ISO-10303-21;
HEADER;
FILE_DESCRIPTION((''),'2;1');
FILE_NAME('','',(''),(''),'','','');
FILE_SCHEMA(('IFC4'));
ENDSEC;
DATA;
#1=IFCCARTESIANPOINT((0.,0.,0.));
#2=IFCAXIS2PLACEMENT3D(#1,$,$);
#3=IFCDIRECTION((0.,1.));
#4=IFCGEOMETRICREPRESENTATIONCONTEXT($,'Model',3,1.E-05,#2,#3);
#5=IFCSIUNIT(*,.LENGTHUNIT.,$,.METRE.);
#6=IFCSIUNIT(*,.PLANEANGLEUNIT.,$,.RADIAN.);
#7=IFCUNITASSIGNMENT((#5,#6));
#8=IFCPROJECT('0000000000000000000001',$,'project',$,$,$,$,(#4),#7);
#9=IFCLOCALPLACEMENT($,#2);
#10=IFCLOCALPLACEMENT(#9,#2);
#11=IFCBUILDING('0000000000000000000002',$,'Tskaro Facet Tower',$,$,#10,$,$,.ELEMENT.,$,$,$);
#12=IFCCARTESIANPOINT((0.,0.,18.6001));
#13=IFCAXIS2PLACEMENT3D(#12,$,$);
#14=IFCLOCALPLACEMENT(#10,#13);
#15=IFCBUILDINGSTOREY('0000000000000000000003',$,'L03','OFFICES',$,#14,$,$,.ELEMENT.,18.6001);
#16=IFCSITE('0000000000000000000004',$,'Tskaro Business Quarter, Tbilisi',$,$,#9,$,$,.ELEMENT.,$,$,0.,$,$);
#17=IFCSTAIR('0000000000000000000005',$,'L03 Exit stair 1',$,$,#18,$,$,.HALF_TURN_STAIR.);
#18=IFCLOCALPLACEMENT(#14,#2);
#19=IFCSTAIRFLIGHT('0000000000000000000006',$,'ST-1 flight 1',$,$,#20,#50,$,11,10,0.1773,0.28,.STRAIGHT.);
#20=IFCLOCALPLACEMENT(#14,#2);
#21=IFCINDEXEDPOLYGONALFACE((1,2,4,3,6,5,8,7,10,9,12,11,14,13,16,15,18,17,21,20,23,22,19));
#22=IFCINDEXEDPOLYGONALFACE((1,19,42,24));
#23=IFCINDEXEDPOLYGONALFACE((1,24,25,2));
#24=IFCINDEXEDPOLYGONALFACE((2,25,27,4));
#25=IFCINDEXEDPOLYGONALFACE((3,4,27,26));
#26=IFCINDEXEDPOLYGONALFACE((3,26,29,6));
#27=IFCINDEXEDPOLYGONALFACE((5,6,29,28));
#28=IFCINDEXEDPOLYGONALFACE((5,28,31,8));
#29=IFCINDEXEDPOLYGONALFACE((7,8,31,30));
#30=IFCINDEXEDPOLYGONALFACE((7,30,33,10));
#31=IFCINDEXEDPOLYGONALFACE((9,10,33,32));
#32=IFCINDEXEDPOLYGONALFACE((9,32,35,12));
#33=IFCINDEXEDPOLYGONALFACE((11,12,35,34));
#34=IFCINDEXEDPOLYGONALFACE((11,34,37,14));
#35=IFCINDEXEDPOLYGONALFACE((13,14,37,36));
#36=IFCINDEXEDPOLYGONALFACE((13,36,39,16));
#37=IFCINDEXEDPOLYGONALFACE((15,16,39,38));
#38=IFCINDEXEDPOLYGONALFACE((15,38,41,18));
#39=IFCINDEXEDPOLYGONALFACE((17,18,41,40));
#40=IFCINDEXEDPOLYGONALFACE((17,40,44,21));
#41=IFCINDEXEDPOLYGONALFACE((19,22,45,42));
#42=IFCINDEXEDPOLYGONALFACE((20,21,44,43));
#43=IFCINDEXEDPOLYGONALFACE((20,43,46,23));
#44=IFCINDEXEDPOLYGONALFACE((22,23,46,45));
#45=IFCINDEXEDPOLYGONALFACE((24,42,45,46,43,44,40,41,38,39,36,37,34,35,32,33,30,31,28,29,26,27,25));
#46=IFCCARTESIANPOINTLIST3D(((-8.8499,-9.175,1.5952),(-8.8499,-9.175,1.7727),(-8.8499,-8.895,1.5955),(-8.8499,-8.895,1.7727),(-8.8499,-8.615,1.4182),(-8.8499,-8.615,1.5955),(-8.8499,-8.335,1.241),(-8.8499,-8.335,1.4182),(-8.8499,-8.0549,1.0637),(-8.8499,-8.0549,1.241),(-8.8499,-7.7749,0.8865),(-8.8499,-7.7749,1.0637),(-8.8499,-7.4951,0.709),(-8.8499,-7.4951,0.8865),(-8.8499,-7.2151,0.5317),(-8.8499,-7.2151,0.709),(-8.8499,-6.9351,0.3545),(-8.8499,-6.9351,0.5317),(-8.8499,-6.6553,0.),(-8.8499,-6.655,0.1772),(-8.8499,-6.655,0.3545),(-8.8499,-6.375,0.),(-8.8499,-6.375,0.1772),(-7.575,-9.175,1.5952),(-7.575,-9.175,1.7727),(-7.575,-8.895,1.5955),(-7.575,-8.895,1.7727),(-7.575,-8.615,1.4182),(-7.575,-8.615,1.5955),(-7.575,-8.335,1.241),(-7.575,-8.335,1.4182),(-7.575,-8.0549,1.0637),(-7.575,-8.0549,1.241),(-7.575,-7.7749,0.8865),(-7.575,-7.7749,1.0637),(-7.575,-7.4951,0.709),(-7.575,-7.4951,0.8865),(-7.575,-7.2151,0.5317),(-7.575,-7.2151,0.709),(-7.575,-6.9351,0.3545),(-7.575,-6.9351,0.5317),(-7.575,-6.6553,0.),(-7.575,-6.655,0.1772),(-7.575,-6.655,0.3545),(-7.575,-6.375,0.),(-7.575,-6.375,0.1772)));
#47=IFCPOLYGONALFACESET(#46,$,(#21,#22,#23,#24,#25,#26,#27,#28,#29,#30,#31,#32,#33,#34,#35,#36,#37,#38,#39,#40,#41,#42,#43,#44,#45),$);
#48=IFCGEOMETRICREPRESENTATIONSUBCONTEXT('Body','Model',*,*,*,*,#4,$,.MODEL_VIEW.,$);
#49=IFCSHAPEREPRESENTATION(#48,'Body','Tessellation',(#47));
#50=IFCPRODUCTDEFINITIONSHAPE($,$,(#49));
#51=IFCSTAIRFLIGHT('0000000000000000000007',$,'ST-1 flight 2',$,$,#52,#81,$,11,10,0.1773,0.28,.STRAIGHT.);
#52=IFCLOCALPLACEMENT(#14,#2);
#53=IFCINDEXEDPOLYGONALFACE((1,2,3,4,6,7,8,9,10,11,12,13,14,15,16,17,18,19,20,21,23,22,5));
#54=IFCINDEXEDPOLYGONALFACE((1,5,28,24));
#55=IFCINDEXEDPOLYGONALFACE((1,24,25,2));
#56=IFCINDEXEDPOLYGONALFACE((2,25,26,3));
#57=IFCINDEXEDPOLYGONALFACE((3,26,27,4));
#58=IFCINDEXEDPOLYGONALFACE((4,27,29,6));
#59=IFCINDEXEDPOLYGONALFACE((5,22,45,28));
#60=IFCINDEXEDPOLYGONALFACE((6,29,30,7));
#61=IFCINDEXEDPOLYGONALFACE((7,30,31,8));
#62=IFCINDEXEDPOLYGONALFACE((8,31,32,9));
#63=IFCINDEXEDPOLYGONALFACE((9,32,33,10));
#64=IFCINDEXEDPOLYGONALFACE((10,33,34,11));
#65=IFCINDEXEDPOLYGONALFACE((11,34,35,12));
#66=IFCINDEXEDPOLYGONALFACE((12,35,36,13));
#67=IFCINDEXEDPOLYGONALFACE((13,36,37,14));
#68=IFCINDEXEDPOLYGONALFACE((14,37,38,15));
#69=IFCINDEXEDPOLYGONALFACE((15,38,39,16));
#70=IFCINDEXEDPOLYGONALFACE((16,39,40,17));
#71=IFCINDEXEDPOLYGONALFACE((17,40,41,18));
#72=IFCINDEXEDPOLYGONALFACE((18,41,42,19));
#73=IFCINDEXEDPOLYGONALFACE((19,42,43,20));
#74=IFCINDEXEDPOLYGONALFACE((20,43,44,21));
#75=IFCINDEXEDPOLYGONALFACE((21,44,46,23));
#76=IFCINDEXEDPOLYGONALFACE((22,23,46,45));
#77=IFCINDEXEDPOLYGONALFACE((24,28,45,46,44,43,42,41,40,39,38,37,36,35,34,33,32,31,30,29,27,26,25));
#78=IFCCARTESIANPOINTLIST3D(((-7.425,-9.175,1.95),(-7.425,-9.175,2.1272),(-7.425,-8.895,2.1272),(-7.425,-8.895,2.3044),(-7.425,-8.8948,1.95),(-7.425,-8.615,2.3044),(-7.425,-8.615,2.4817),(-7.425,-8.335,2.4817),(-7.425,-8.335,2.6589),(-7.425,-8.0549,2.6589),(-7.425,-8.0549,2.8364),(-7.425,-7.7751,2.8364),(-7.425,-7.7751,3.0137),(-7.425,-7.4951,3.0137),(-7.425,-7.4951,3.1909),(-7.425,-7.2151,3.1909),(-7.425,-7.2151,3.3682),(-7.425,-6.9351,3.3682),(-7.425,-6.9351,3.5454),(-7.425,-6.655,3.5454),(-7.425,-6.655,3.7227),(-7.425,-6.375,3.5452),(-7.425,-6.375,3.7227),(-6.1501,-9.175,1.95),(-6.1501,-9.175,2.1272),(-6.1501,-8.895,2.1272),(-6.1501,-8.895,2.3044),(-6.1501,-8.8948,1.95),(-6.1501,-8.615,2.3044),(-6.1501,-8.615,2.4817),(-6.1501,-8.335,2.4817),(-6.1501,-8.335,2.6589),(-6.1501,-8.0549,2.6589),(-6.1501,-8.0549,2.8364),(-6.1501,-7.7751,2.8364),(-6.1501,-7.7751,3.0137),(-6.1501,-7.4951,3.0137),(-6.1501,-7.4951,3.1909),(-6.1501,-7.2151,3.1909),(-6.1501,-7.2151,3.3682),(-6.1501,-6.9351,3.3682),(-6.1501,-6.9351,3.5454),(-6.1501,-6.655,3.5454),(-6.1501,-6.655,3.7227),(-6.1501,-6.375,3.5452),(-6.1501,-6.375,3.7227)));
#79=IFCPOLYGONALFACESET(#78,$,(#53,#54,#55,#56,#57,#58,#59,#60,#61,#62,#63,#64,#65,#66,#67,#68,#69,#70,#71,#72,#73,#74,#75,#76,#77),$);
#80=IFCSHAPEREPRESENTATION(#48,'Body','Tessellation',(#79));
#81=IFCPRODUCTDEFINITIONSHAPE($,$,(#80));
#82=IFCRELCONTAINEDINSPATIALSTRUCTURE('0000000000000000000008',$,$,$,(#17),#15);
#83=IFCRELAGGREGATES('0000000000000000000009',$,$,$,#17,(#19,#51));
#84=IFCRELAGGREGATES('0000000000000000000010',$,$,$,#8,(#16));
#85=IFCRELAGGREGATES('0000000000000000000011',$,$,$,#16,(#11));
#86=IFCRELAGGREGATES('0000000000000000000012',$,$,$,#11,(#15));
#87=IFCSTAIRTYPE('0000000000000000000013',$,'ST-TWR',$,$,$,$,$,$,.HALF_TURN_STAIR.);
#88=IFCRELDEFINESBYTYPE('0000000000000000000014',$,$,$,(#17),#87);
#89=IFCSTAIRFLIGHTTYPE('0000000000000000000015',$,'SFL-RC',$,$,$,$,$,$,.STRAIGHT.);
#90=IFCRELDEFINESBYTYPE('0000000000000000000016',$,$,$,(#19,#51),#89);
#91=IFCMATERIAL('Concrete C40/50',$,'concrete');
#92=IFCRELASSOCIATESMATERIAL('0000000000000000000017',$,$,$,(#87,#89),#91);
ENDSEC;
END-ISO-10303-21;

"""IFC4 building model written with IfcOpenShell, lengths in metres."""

from ifc_helpers import new_model, si_unit, direction, frame, origin, place, context, subcontext, project, spatial, polyline, outline, extrude, material, type_object, element, aggregate, save


model = new_model("IFC4")

# Units and contexts
model_context = context("Model", 3, precision=1e-05, world=origin(), true_north=direction((0.0, 1.0)))
body_context = subcontext(model_context, "Body", "Model", "MODEL_VIEW")
ifc_project = project(units=[si_unit("LENGTHUNIT", "METRE"), si_unit("PLANEANGLEUNIT", "RADIAN")], contexts=[model_context])

# Site, building, storey
site_placement = place(None, origin())
site = spatial("IfcSite", under=ifc_project, at=site_placement, Name="Tskaro Business Quarter, Tbilisi", CompositionType="ELEMENT", RefElevation=0.0)
building_placement = place(site_placement, origin())
building = spatial("IfcBuilding", under=site, at=building_placement, Name="Tskaro Facet Tower", CompositionType="ELEMENT")
storey_placement = place(building_placement, frame((0.0, 0.0, 18.6001)))
storey = spatial("IfcBuildingStorey", under=building, at=storey_placement, Name="L03", Description="OFFICES", CompositionType="ELEMENT", Elevation=18.6001)

# Stair, stair flights
ifc_material_1 = material(Name="Concrete C40/50", Category="concrete")
stair_type = type_object("IfcStairType", Name="ST-TWR", PredefinedType="HALF_TURN_STAIR", material=ifc_material_1)
stair_placement = place(storey_placement, origin())
stair = element("IfcStair", 1, at=stair_placement, inside=storey, type_object=stair_type, Name="L03 Exit stair 1", PredefinedType="HALF_TURN_STAIR")
stair_flight_type = type_object("IfcStairFlightType", Name="SFL-RC", PredefinedType="STRAIGHT", material=ifc_material_1)
stair_flight_1_placement = place(storey_placement, frame((-8.2124, -6.375, 0.0), z_axis=(0.0, 0.0, 1.0), x_axis=(0.0, -1.0, 0.0)))
stair_flight_1 = element("IfcStairFlight", 2, at=stair_flight_1_placement, type_object=stair_flight_type, Name="ST-1 flight 1", NumberOfRisers=11, NumberOfTreads=10, PredefinedType="STRAIGHT", RiserHeight=0.1773, TreadLength=0.28, context=body_context, shape_type="SweptSolid", body=[
    extrude(outline(polyline([(0.0, 0.0), (0.0, 0.1772), (0.28, 0.1772), (0.28, 0.3545), (0.5601, 0.3545), (0.5601, 0.5317), (0.8401, 0.5317), (0.8401, 0.709), (1.1201, 0.709), (1.1201, 0.8865), (1.3999, 0.8865), (1.3999, 1.0637), (1.6799, 1.0637), (1.6799, 1.241), (1.96, 1.241), (1.96, 1.4182), (2.24, 1.4182), (2.24, 1.5955), (2.52, 1.5955), (2.52, 1.7727), (2.8, 1.7727), (2.8, 1.95), (2.8, 1.5952), (0.2803, 0.0), (0.0, 0.0)])), frame((0.0, 0.6375, 0.0), z_axis=(0.0, -1.0, 0.0), x_axis=(1.0, 0.0, 0.0)), (0.0, 0.0, 1.0), 1.2749),
])
stair_flight_2_placement = place(storey_placement, frame((-6.7876, -9.175, 1.95), z_axis=(0.0, 0.0, 1.0), x_axis=(0.0, 1.0, 0.0)))
stair_flight_2 = element("IfcStairFlight", 3, at=stair_flight_2_placement, type_object=stair_flight_type, Name="ST-1 flight 2", NumberOfRisers=11, NumberOfTreads=10, PredefinedType="STRAIGHT", RiserHeight=0.1773, TreadLength=0.28, context=body_context, shape_type="SweptSolid", body=[
    extrude(outline(polyline([(0.0, 0.0), (0.0, 0.1772), (0.28, 0.1772), (0.28, 0.3545), (0.5601, 0.3545), (0.5601, 0.5317), (0.8401, 0.5317), (0.8401, 0.709), (1.1201, 0.709), (1.1201, 0.8865), (1.3999, 0.8865), (1.3999, 1.0637), (1.6799, 1.0637), (1.6799, 1.241), (1.96, 1.241), (1.96, 1.4182), (2.24, 1.4182), (2.24, 1.5955), (2.52, 1.5955), (2.52, 1.7727), (2.8, 1.7727), (2.8, 1.95), (2.8, 1.5952), (0.2803, 0.0), (0.0, 0.0)])), frame((0.0, 0.6375, 0.0), z_axis=(0.0, -1.0, 0.0), x_axis=(1.0, 0.0, 0.0)), (0.0, 0.0, 1.0), 1.2749),
])
aggregate(stair, [stair_flight_1, stair_flight_2])

save(model, "model.ifc")
